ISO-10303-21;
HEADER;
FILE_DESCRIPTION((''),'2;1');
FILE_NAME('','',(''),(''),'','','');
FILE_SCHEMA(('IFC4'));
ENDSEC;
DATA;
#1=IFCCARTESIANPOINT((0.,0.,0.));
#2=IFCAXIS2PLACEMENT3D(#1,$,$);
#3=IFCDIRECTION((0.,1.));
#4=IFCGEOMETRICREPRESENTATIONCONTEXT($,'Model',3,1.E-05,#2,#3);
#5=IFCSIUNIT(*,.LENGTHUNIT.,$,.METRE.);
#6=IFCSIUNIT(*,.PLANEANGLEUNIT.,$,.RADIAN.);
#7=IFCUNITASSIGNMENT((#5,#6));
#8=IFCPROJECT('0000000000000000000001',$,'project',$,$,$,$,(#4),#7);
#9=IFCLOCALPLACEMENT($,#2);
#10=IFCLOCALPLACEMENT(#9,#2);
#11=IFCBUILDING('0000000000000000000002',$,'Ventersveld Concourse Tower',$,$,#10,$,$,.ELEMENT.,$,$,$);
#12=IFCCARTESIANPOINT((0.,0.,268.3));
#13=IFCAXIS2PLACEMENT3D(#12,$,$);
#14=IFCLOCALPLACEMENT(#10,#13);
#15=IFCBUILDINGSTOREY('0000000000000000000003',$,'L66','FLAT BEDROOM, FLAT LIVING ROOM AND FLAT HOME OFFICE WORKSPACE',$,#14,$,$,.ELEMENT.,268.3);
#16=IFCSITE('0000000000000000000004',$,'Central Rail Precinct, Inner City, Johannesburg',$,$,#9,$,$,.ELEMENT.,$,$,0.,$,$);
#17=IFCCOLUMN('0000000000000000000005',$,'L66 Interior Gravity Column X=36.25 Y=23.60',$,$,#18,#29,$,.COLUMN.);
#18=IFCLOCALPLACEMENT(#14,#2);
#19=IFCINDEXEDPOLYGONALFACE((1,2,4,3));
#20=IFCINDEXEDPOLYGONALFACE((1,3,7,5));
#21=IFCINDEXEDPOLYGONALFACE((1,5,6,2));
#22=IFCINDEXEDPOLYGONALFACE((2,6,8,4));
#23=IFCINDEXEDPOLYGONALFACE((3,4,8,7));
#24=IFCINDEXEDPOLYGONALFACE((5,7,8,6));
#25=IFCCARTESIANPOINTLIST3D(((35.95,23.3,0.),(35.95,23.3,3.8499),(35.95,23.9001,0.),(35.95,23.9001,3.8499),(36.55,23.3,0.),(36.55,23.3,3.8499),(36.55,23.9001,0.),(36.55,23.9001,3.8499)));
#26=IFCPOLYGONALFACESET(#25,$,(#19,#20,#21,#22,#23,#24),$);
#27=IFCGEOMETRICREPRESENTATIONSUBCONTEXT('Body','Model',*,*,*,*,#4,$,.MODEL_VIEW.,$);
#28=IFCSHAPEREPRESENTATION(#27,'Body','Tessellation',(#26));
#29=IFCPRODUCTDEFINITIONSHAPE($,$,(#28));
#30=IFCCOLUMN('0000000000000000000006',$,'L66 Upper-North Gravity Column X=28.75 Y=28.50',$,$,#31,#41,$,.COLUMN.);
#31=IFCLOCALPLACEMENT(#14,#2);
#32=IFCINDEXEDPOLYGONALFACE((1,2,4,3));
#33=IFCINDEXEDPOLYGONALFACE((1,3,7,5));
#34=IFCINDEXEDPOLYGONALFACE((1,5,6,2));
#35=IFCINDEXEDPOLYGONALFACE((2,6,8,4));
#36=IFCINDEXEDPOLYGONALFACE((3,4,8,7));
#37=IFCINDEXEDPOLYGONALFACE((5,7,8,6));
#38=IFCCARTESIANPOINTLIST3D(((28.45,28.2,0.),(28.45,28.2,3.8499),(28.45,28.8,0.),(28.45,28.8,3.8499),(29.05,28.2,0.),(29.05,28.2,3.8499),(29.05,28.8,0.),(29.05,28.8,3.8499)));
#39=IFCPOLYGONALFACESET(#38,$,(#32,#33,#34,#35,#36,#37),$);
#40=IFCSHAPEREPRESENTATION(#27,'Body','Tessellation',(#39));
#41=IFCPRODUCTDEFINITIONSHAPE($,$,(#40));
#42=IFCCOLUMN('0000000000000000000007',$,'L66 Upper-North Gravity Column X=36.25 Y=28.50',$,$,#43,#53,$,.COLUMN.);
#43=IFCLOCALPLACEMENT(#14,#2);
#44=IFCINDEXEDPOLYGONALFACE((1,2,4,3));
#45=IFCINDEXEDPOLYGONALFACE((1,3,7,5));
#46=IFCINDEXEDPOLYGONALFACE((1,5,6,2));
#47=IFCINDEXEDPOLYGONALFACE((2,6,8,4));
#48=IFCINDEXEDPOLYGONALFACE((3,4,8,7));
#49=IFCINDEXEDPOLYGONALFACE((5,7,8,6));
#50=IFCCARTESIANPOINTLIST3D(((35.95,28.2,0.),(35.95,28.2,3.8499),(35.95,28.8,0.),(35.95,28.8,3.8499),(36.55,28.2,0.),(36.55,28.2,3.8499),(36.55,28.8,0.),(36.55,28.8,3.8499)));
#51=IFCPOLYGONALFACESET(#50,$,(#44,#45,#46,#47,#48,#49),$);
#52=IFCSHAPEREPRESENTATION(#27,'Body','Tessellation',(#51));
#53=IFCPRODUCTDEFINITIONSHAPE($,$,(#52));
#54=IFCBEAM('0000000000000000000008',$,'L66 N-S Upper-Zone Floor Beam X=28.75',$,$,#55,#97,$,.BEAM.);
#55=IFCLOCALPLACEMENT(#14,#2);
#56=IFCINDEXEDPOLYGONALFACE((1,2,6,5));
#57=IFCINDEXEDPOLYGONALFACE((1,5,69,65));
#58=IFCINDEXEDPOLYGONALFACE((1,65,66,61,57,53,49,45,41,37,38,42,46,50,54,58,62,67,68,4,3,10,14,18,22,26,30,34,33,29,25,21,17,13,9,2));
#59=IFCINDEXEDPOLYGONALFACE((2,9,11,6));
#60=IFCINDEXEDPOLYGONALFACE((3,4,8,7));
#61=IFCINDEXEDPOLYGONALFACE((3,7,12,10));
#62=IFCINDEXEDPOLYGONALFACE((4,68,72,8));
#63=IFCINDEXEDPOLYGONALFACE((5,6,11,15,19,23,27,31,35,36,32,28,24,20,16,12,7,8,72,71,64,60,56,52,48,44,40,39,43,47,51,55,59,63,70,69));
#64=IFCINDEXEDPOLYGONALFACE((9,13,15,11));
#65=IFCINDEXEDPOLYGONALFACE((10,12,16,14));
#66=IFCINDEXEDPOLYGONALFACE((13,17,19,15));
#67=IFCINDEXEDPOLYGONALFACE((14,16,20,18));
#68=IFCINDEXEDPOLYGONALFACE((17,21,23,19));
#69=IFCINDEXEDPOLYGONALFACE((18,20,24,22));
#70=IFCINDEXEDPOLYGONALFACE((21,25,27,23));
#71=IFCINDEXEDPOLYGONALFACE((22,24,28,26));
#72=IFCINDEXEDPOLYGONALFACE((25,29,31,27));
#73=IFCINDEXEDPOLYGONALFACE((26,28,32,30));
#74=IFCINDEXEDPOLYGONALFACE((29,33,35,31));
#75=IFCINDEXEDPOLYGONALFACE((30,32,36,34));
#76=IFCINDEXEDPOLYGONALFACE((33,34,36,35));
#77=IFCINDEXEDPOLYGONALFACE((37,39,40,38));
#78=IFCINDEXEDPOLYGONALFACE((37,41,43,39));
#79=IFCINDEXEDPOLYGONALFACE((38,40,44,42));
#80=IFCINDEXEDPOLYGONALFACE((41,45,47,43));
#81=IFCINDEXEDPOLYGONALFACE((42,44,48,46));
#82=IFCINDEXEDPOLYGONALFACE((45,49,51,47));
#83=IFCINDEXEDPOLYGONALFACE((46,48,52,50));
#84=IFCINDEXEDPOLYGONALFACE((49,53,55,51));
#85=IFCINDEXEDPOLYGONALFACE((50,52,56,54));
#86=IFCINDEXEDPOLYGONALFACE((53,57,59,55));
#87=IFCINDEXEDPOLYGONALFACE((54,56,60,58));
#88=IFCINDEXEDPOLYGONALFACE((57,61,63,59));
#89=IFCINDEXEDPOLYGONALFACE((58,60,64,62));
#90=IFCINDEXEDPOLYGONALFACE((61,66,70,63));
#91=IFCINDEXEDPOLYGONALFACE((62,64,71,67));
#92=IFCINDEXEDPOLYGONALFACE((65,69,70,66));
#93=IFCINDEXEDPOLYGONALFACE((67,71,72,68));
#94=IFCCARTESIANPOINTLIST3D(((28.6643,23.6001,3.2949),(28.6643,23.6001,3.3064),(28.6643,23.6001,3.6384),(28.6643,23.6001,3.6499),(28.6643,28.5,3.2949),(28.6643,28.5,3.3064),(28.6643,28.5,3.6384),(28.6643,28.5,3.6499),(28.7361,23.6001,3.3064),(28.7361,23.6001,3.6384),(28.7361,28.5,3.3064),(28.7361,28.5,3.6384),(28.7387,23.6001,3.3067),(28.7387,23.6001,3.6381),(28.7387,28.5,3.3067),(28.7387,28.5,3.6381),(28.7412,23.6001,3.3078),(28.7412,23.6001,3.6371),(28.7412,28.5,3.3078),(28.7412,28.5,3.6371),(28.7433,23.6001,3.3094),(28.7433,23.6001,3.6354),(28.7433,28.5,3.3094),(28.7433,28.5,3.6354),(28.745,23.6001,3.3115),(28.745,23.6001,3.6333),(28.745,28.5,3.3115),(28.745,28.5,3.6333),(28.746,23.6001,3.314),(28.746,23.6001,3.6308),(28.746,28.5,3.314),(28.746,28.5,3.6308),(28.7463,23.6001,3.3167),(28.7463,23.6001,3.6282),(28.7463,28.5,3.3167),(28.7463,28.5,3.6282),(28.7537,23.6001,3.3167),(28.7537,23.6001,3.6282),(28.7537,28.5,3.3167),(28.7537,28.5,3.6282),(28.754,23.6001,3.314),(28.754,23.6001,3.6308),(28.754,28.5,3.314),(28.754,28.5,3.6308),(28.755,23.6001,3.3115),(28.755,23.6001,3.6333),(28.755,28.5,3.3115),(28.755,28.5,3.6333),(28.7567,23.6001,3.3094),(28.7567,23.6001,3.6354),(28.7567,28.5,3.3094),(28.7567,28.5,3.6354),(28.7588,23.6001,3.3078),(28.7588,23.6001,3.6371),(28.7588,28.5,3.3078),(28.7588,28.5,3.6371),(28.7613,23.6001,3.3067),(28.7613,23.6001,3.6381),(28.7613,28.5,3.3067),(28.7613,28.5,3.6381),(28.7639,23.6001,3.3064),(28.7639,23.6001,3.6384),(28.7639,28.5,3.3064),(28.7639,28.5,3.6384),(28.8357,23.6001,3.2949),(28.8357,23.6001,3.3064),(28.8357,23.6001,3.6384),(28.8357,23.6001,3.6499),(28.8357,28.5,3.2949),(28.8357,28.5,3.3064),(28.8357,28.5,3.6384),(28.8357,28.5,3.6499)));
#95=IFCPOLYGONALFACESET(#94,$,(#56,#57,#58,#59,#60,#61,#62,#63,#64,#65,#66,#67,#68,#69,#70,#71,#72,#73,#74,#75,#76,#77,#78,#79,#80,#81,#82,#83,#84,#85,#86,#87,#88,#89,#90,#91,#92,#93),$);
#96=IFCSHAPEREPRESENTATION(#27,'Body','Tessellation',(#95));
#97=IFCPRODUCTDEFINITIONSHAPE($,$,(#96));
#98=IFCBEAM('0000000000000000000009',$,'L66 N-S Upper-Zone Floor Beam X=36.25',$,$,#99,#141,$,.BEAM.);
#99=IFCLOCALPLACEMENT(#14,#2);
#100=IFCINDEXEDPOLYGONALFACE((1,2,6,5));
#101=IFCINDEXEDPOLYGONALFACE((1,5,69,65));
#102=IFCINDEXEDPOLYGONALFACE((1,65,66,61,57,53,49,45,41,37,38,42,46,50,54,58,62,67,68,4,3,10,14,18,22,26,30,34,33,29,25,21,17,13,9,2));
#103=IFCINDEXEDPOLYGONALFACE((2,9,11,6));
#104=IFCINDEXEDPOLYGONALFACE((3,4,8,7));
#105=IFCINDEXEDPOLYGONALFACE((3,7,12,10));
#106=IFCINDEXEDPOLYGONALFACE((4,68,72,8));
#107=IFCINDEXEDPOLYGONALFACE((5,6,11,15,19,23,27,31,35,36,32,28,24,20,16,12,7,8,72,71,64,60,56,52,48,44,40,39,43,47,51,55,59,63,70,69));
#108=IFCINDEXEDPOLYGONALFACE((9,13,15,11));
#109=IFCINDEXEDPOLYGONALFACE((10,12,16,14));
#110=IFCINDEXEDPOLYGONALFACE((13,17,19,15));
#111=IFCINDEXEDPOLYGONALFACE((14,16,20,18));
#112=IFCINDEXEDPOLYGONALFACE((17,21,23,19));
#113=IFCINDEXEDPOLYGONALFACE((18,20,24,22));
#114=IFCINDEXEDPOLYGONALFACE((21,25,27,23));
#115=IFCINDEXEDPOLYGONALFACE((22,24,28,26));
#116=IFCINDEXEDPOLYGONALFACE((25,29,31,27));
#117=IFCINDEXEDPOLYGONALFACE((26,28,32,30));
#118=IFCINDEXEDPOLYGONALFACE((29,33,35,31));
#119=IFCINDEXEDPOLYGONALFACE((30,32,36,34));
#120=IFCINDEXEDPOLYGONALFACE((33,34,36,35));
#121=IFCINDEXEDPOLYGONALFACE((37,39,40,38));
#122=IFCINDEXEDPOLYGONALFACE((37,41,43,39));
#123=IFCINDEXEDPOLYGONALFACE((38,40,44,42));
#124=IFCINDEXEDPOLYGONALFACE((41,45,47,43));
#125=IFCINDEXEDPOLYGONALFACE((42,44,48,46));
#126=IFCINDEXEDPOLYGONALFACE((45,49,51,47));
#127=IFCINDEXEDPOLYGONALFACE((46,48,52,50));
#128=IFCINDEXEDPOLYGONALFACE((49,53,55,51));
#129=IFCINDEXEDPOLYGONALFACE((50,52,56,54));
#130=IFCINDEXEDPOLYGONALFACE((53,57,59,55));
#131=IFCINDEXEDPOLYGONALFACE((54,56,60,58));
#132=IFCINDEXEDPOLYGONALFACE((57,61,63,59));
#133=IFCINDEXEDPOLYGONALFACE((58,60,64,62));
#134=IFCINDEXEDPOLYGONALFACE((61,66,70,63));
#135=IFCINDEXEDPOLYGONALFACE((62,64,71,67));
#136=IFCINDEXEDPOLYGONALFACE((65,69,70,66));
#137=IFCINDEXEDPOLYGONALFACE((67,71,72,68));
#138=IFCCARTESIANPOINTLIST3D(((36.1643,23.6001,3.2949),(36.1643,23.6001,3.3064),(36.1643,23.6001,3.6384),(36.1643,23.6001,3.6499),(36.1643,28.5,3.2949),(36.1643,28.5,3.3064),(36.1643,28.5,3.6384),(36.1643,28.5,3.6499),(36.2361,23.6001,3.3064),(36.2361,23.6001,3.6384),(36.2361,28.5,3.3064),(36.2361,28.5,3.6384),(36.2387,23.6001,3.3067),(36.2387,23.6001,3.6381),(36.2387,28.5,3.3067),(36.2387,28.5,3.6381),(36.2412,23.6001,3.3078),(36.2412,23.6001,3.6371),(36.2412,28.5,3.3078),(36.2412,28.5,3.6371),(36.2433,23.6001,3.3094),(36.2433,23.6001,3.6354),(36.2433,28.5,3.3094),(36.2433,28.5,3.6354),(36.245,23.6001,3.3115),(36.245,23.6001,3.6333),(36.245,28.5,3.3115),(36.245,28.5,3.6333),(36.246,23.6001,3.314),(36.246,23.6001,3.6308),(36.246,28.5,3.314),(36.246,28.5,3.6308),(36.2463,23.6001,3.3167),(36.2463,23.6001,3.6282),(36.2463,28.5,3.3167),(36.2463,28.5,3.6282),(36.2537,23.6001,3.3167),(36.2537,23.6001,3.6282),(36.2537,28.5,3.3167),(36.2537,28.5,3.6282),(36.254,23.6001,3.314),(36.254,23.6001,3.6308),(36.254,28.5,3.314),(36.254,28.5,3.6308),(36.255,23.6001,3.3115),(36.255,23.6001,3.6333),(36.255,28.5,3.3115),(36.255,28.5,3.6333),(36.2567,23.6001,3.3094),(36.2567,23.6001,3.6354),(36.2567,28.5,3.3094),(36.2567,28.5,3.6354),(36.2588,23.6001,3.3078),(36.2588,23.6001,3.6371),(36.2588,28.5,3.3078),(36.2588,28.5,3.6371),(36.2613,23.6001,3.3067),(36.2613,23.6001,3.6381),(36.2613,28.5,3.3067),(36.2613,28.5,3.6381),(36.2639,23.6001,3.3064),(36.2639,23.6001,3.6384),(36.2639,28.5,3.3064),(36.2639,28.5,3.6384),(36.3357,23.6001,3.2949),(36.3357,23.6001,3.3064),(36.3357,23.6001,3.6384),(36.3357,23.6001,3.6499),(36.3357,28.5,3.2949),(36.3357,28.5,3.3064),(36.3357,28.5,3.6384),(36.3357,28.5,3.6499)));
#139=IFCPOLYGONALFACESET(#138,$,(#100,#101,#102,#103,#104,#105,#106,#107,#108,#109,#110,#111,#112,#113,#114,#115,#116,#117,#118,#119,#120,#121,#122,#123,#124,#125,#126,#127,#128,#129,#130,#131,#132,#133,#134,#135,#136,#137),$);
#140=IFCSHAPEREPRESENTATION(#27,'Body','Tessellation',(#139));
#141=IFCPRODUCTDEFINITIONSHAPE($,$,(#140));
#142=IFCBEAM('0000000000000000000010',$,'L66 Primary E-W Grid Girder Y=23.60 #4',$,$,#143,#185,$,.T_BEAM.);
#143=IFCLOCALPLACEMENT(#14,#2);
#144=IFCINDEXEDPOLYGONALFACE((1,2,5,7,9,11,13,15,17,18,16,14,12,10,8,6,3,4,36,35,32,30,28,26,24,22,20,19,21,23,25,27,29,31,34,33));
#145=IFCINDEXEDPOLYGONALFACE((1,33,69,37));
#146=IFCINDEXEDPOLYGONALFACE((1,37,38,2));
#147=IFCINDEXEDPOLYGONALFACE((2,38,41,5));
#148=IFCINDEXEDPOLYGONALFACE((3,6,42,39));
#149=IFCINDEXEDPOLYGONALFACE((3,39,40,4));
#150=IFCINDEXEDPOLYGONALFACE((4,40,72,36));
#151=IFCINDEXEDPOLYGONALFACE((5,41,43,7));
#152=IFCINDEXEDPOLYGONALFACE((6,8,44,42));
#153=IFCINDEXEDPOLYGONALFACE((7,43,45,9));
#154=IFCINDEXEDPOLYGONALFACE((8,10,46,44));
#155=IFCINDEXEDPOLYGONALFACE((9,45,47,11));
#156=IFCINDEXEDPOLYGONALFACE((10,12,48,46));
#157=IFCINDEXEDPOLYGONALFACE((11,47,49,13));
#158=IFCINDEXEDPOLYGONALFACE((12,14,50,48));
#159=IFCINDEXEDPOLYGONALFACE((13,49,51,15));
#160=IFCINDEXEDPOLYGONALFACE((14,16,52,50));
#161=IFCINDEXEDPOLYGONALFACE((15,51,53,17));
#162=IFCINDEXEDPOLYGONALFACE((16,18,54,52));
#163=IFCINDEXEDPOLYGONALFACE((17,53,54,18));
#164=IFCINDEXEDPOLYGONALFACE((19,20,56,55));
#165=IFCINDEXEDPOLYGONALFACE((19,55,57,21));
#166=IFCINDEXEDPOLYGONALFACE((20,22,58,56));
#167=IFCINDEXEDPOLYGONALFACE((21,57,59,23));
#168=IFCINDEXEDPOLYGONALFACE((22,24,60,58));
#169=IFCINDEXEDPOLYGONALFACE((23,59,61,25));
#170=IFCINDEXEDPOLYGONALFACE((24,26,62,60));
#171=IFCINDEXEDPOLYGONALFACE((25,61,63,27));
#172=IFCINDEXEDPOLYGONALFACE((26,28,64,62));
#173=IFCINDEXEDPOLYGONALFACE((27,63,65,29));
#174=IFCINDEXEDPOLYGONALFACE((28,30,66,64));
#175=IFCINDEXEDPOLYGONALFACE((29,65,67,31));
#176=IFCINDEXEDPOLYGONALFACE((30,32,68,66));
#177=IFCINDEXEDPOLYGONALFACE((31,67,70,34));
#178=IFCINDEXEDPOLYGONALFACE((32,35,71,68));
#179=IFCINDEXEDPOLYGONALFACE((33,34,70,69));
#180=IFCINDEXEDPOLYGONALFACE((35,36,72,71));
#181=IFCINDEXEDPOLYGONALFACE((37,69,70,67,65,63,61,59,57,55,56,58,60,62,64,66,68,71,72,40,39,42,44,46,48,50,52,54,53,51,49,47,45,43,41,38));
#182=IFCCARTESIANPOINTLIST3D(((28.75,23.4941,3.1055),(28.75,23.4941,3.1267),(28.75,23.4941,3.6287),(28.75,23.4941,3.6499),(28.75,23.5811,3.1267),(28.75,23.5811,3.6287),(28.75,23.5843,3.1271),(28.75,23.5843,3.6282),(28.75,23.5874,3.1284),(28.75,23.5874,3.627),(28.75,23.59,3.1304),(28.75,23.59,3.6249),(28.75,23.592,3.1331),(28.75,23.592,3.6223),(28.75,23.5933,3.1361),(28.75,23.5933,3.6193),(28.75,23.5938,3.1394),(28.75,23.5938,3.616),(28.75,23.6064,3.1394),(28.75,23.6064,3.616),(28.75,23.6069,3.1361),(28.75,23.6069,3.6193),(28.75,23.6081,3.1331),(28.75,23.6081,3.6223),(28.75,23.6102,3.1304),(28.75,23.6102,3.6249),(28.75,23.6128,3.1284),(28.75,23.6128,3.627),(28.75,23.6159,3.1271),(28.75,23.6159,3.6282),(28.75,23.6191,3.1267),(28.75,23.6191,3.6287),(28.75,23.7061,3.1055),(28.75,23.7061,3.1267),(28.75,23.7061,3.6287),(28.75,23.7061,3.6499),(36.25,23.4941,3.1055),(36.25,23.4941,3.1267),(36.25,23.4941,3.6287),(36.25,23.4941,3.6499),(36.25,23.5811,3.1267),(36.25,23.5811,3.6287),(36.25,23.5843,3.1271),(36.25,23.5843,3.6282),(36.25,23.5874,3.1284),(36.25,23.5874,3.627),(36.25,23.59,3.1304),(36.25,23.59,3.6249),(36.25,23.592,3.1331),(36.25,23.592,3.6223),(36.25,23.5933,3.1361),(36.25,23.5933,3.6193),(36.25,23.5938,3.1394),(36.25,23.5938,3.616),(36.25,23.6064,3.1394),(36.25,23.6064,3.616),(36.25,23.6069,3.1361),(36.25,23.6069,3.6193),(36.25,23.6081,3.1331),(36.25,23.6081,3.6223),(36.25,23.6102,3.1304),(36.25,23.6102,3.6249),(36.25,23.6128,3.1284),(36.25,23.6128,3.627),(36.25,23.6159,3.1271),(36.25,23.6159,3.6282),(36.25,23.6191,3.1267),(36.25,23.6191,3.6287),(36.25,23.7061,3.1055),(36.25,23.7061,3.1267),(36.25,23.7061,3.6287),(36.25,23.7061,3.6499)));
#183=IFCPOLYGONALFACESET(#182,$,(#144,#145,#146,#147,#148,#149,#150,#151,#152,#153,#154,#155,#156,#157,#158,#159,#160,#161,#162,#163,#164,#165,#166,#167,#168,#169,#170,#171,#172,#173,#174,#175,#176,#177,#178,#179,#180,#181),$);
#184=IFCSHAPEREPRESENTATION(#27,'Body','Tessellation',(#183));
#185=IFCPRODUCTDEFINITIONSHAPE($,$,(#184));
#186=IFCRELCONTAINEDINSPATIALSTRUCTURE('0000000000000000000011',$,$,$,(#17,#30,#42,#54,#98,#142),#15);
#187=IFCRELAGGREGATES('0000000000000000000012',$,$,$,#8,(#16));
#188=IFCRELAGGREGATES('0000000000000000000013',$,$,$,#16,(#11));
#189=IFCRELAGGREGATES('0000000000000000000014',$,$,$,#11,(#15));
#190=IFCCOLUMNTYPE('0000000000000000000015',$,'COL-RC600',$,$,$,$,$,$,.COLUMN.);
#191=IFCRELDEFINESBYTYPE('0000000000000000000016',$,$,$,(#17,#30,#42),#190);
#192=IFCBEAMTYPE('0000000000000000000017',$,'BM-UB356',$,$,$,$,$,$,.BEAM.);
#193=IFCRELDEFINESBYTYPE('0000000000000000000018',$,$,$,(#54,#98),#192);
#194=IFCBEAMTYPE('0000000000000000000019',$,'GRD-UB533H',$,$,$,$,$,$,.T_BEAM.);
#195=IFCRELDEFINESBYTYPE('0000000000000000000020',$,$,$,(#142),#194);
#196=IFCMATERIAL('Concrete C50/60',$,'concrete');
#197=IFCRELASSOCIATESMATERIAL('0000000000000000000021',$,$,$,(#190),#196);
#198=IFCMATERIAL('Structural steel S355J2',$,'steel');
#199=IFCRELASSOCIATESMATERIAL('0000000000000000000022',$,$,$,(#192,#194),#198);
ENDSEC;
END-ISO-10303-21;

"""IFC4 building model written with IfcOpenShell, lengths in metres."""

from ifc_helpers import new_model, si_unit, direction, frame, origin, origin_2d, place, context, subcontext, project, spatial, rectangle, i_section, extrude, material, material_profile, profile_set, type_object, element, save


model = new_model("IFC4")

# Units and contexts
model_context = context("Model", 3, precision=1e-05, world=origin(), true_north=direction((0.0, 1.0)))
body_context = subcontext(model_context, "Body", "Model", "MODEL_VIEW")
ifc_project = project(units=[si_unit("LENGTHUNIT", "METRE"), si_unit("PLANEANGLEUNIT", "RADIAN")], contexts=[model_context])

# Site, building, storey
site_placement = place(None, origin())
site = spatial("IfcSite", under=ifc_project, at=site_placement, Name="Central Rail Precinct, Inner City, Johannesburg", CompositionType="ELEMENT", RefElevation=0.0)
building_placement = place(site_placement, origin())
building = spatial("IfcBuilding", under=site, at=building_placement, Name="Ventersveld Concourse Tower", CompositionType="ELEMENT")
storey_placement = place(building_placement, frame((0.0, 0.0, 268.3)))
storey = spatial("IfcBuildingStorey", under=building, at=storey_placement, Name="L66", Description="FLAT BEDROOM, FLAT LIVING ROOM AND FLAT HOME OFFICE WORKSPACE", CompositionType="ELEMENT", Elevation=268.3)

# Columns
ifc_material_1 = material(Name="Concrete C50/60", Category="concrete")
ifc_material_profile_1 = material_profile(ifc_material_1, rectangle(XDim=0.6001, YDim=0.6001, at=origin_2d()), Name="RC 600x600")
ifc_profile_set_1 = profile_set([ifc_material_profile_1], Name="Concrete C50/60")
column_type = type_object("IfcColumnType", Name="COL-RC600", PredefinedType="COLUMN", material=ifc_profile_set_1)
for number, where, z_axis, x_axis, name in (
    (1, (36.25, 23.6001, 0.0), (0.0, 0.0, 1.0), (1.0, 0.0, 0.0), "L66 Interior Gravity Column X=36.25 Y=23.60"),
    (2, (28.75, 28.5, 0.0), (0.0, 0.0, 1.0), (1.0, 0.0, 0.0), "L66 Upper-North Gravity Column X=28.75 Y=28.50"),
    (3, (36.25, 28.5, 0.0), (0.0, 0.0, 1.0), (1.0, 0.0, 0.0), "L66 Upper-North Gravity Column X=36.25 Y=28.50"),
):
    element("IfcColumn", number, at=place(storey_placement, frame(where, z_axis=z_axis, x_axis=x_axis)), inside=storey, type_object=column_type, Name=name, PredefinedType="COLUMN", context=body_context, shape_type="SweptSolid", body=[
        extrude(rectangle(XDim=0.6001, YDim=0.6001, at=origin_2d()), origin(), (0.0, 0.0, 1.0), 3.8499),
    ])

# Beams
ifc_material_2 = material(Name="Structural steel S355J2", Category="steel")
ifc_material_profile_2 = material_profile(ifc_material_2, i_section(OverallWidth=0.1714, OverallDepth=0.355, WebThickness=0.0073, FlangeThickness=0.0115, FilletRadius=0.0103, at=origin_2d()), Name="UB 356x171x51")
ifc_profile_set_2 = profile_set([ifc_material_profile_2], Name="Structural steel S355J2")
beam_type_1 = type_object("IfcBeamType", Name="BM-UB356", PredefinedType="BEAM", material=ifc_profile_set_2)
for number, where, z_axis, x_axis, name in (
    (4, (28.75, 23.6001, 3.4724), (0.0, 1.0, 0.0), (-1.0, 0.0, 0.0), "L66 N-S Upper-Zone Floor Beam X=28.75"),
    (5, (36.25, 23.6001, 3.4724), (0.0, 1.0, 0.0), (-1.0, 0.0, 0.0), "L66 N-S Upper-Zone Floor Beam X=36.25"),
):
    element("IfcBeam", number, at=place(storey_placement, frame(where, z_axis=z_axis, x_axis=x_axis)), inside=storey, type_object=beam_type_1, Name=name, PredefinedType="BEAM", context=body_context, shape_type="SweptSolid", body=[
        extrude(i_section(OverallWidth=0.1714, OverallDepth=0.355, WebThickness=0.0073, FlangeThickness=0.0115, FilletRadius=0.0103, at=origin_2d()), origin(), (0.0, 0.0, 1.0), 4.8999),
    ])
ifc_material_profile_3 = material_profile(ifc_material_2, i_section(OverallWidth=0.2119, OverallDepth=0.5444, WebThickness=0.0127, FlangeThickness=0.0212, FilletRadius=0.0127, at=origin_2d()), Name="UB 533x210x122")
ifc_profile_set_3 = profile_set([ifc_material_profile_3], Name="Structural steel S355J2")
beam_type_2 = type_object("IfcBeamType", Name="GRD-UB533H", PredefinedType="T_BEAM", material=ifc_profile_set_3)
for number, where, z_axis, x_axis, name in (
    (6, (28.75, 23.6001, 3.3777), (1.0, 0.0, 0.0), (0.0, 1.0, 0.0), "L66 Primary E-W Grid Girder Y=23.60 #4"),
):
    element("IfcBeam", number, at=place(storey_placement, frame(where, z_axis=z_axis, x_axis=x_axis)), inside=storey, type_object=beam_type_2, Name=name, PredefinedType="T_BEAM", context=body_context, shape_type="SweptSolid", body=[
        extrude(i_section(OverallWidth=0.2119, OverallDepth=0.5444, WebThickness=0.0127, FlangeThickness=0.0212, FilletRadius=0.0127, at=origin_2d()), origin(), (0.0, 0.0, 1.0), 7.5),
    ])

save(model, "model.ifc")
